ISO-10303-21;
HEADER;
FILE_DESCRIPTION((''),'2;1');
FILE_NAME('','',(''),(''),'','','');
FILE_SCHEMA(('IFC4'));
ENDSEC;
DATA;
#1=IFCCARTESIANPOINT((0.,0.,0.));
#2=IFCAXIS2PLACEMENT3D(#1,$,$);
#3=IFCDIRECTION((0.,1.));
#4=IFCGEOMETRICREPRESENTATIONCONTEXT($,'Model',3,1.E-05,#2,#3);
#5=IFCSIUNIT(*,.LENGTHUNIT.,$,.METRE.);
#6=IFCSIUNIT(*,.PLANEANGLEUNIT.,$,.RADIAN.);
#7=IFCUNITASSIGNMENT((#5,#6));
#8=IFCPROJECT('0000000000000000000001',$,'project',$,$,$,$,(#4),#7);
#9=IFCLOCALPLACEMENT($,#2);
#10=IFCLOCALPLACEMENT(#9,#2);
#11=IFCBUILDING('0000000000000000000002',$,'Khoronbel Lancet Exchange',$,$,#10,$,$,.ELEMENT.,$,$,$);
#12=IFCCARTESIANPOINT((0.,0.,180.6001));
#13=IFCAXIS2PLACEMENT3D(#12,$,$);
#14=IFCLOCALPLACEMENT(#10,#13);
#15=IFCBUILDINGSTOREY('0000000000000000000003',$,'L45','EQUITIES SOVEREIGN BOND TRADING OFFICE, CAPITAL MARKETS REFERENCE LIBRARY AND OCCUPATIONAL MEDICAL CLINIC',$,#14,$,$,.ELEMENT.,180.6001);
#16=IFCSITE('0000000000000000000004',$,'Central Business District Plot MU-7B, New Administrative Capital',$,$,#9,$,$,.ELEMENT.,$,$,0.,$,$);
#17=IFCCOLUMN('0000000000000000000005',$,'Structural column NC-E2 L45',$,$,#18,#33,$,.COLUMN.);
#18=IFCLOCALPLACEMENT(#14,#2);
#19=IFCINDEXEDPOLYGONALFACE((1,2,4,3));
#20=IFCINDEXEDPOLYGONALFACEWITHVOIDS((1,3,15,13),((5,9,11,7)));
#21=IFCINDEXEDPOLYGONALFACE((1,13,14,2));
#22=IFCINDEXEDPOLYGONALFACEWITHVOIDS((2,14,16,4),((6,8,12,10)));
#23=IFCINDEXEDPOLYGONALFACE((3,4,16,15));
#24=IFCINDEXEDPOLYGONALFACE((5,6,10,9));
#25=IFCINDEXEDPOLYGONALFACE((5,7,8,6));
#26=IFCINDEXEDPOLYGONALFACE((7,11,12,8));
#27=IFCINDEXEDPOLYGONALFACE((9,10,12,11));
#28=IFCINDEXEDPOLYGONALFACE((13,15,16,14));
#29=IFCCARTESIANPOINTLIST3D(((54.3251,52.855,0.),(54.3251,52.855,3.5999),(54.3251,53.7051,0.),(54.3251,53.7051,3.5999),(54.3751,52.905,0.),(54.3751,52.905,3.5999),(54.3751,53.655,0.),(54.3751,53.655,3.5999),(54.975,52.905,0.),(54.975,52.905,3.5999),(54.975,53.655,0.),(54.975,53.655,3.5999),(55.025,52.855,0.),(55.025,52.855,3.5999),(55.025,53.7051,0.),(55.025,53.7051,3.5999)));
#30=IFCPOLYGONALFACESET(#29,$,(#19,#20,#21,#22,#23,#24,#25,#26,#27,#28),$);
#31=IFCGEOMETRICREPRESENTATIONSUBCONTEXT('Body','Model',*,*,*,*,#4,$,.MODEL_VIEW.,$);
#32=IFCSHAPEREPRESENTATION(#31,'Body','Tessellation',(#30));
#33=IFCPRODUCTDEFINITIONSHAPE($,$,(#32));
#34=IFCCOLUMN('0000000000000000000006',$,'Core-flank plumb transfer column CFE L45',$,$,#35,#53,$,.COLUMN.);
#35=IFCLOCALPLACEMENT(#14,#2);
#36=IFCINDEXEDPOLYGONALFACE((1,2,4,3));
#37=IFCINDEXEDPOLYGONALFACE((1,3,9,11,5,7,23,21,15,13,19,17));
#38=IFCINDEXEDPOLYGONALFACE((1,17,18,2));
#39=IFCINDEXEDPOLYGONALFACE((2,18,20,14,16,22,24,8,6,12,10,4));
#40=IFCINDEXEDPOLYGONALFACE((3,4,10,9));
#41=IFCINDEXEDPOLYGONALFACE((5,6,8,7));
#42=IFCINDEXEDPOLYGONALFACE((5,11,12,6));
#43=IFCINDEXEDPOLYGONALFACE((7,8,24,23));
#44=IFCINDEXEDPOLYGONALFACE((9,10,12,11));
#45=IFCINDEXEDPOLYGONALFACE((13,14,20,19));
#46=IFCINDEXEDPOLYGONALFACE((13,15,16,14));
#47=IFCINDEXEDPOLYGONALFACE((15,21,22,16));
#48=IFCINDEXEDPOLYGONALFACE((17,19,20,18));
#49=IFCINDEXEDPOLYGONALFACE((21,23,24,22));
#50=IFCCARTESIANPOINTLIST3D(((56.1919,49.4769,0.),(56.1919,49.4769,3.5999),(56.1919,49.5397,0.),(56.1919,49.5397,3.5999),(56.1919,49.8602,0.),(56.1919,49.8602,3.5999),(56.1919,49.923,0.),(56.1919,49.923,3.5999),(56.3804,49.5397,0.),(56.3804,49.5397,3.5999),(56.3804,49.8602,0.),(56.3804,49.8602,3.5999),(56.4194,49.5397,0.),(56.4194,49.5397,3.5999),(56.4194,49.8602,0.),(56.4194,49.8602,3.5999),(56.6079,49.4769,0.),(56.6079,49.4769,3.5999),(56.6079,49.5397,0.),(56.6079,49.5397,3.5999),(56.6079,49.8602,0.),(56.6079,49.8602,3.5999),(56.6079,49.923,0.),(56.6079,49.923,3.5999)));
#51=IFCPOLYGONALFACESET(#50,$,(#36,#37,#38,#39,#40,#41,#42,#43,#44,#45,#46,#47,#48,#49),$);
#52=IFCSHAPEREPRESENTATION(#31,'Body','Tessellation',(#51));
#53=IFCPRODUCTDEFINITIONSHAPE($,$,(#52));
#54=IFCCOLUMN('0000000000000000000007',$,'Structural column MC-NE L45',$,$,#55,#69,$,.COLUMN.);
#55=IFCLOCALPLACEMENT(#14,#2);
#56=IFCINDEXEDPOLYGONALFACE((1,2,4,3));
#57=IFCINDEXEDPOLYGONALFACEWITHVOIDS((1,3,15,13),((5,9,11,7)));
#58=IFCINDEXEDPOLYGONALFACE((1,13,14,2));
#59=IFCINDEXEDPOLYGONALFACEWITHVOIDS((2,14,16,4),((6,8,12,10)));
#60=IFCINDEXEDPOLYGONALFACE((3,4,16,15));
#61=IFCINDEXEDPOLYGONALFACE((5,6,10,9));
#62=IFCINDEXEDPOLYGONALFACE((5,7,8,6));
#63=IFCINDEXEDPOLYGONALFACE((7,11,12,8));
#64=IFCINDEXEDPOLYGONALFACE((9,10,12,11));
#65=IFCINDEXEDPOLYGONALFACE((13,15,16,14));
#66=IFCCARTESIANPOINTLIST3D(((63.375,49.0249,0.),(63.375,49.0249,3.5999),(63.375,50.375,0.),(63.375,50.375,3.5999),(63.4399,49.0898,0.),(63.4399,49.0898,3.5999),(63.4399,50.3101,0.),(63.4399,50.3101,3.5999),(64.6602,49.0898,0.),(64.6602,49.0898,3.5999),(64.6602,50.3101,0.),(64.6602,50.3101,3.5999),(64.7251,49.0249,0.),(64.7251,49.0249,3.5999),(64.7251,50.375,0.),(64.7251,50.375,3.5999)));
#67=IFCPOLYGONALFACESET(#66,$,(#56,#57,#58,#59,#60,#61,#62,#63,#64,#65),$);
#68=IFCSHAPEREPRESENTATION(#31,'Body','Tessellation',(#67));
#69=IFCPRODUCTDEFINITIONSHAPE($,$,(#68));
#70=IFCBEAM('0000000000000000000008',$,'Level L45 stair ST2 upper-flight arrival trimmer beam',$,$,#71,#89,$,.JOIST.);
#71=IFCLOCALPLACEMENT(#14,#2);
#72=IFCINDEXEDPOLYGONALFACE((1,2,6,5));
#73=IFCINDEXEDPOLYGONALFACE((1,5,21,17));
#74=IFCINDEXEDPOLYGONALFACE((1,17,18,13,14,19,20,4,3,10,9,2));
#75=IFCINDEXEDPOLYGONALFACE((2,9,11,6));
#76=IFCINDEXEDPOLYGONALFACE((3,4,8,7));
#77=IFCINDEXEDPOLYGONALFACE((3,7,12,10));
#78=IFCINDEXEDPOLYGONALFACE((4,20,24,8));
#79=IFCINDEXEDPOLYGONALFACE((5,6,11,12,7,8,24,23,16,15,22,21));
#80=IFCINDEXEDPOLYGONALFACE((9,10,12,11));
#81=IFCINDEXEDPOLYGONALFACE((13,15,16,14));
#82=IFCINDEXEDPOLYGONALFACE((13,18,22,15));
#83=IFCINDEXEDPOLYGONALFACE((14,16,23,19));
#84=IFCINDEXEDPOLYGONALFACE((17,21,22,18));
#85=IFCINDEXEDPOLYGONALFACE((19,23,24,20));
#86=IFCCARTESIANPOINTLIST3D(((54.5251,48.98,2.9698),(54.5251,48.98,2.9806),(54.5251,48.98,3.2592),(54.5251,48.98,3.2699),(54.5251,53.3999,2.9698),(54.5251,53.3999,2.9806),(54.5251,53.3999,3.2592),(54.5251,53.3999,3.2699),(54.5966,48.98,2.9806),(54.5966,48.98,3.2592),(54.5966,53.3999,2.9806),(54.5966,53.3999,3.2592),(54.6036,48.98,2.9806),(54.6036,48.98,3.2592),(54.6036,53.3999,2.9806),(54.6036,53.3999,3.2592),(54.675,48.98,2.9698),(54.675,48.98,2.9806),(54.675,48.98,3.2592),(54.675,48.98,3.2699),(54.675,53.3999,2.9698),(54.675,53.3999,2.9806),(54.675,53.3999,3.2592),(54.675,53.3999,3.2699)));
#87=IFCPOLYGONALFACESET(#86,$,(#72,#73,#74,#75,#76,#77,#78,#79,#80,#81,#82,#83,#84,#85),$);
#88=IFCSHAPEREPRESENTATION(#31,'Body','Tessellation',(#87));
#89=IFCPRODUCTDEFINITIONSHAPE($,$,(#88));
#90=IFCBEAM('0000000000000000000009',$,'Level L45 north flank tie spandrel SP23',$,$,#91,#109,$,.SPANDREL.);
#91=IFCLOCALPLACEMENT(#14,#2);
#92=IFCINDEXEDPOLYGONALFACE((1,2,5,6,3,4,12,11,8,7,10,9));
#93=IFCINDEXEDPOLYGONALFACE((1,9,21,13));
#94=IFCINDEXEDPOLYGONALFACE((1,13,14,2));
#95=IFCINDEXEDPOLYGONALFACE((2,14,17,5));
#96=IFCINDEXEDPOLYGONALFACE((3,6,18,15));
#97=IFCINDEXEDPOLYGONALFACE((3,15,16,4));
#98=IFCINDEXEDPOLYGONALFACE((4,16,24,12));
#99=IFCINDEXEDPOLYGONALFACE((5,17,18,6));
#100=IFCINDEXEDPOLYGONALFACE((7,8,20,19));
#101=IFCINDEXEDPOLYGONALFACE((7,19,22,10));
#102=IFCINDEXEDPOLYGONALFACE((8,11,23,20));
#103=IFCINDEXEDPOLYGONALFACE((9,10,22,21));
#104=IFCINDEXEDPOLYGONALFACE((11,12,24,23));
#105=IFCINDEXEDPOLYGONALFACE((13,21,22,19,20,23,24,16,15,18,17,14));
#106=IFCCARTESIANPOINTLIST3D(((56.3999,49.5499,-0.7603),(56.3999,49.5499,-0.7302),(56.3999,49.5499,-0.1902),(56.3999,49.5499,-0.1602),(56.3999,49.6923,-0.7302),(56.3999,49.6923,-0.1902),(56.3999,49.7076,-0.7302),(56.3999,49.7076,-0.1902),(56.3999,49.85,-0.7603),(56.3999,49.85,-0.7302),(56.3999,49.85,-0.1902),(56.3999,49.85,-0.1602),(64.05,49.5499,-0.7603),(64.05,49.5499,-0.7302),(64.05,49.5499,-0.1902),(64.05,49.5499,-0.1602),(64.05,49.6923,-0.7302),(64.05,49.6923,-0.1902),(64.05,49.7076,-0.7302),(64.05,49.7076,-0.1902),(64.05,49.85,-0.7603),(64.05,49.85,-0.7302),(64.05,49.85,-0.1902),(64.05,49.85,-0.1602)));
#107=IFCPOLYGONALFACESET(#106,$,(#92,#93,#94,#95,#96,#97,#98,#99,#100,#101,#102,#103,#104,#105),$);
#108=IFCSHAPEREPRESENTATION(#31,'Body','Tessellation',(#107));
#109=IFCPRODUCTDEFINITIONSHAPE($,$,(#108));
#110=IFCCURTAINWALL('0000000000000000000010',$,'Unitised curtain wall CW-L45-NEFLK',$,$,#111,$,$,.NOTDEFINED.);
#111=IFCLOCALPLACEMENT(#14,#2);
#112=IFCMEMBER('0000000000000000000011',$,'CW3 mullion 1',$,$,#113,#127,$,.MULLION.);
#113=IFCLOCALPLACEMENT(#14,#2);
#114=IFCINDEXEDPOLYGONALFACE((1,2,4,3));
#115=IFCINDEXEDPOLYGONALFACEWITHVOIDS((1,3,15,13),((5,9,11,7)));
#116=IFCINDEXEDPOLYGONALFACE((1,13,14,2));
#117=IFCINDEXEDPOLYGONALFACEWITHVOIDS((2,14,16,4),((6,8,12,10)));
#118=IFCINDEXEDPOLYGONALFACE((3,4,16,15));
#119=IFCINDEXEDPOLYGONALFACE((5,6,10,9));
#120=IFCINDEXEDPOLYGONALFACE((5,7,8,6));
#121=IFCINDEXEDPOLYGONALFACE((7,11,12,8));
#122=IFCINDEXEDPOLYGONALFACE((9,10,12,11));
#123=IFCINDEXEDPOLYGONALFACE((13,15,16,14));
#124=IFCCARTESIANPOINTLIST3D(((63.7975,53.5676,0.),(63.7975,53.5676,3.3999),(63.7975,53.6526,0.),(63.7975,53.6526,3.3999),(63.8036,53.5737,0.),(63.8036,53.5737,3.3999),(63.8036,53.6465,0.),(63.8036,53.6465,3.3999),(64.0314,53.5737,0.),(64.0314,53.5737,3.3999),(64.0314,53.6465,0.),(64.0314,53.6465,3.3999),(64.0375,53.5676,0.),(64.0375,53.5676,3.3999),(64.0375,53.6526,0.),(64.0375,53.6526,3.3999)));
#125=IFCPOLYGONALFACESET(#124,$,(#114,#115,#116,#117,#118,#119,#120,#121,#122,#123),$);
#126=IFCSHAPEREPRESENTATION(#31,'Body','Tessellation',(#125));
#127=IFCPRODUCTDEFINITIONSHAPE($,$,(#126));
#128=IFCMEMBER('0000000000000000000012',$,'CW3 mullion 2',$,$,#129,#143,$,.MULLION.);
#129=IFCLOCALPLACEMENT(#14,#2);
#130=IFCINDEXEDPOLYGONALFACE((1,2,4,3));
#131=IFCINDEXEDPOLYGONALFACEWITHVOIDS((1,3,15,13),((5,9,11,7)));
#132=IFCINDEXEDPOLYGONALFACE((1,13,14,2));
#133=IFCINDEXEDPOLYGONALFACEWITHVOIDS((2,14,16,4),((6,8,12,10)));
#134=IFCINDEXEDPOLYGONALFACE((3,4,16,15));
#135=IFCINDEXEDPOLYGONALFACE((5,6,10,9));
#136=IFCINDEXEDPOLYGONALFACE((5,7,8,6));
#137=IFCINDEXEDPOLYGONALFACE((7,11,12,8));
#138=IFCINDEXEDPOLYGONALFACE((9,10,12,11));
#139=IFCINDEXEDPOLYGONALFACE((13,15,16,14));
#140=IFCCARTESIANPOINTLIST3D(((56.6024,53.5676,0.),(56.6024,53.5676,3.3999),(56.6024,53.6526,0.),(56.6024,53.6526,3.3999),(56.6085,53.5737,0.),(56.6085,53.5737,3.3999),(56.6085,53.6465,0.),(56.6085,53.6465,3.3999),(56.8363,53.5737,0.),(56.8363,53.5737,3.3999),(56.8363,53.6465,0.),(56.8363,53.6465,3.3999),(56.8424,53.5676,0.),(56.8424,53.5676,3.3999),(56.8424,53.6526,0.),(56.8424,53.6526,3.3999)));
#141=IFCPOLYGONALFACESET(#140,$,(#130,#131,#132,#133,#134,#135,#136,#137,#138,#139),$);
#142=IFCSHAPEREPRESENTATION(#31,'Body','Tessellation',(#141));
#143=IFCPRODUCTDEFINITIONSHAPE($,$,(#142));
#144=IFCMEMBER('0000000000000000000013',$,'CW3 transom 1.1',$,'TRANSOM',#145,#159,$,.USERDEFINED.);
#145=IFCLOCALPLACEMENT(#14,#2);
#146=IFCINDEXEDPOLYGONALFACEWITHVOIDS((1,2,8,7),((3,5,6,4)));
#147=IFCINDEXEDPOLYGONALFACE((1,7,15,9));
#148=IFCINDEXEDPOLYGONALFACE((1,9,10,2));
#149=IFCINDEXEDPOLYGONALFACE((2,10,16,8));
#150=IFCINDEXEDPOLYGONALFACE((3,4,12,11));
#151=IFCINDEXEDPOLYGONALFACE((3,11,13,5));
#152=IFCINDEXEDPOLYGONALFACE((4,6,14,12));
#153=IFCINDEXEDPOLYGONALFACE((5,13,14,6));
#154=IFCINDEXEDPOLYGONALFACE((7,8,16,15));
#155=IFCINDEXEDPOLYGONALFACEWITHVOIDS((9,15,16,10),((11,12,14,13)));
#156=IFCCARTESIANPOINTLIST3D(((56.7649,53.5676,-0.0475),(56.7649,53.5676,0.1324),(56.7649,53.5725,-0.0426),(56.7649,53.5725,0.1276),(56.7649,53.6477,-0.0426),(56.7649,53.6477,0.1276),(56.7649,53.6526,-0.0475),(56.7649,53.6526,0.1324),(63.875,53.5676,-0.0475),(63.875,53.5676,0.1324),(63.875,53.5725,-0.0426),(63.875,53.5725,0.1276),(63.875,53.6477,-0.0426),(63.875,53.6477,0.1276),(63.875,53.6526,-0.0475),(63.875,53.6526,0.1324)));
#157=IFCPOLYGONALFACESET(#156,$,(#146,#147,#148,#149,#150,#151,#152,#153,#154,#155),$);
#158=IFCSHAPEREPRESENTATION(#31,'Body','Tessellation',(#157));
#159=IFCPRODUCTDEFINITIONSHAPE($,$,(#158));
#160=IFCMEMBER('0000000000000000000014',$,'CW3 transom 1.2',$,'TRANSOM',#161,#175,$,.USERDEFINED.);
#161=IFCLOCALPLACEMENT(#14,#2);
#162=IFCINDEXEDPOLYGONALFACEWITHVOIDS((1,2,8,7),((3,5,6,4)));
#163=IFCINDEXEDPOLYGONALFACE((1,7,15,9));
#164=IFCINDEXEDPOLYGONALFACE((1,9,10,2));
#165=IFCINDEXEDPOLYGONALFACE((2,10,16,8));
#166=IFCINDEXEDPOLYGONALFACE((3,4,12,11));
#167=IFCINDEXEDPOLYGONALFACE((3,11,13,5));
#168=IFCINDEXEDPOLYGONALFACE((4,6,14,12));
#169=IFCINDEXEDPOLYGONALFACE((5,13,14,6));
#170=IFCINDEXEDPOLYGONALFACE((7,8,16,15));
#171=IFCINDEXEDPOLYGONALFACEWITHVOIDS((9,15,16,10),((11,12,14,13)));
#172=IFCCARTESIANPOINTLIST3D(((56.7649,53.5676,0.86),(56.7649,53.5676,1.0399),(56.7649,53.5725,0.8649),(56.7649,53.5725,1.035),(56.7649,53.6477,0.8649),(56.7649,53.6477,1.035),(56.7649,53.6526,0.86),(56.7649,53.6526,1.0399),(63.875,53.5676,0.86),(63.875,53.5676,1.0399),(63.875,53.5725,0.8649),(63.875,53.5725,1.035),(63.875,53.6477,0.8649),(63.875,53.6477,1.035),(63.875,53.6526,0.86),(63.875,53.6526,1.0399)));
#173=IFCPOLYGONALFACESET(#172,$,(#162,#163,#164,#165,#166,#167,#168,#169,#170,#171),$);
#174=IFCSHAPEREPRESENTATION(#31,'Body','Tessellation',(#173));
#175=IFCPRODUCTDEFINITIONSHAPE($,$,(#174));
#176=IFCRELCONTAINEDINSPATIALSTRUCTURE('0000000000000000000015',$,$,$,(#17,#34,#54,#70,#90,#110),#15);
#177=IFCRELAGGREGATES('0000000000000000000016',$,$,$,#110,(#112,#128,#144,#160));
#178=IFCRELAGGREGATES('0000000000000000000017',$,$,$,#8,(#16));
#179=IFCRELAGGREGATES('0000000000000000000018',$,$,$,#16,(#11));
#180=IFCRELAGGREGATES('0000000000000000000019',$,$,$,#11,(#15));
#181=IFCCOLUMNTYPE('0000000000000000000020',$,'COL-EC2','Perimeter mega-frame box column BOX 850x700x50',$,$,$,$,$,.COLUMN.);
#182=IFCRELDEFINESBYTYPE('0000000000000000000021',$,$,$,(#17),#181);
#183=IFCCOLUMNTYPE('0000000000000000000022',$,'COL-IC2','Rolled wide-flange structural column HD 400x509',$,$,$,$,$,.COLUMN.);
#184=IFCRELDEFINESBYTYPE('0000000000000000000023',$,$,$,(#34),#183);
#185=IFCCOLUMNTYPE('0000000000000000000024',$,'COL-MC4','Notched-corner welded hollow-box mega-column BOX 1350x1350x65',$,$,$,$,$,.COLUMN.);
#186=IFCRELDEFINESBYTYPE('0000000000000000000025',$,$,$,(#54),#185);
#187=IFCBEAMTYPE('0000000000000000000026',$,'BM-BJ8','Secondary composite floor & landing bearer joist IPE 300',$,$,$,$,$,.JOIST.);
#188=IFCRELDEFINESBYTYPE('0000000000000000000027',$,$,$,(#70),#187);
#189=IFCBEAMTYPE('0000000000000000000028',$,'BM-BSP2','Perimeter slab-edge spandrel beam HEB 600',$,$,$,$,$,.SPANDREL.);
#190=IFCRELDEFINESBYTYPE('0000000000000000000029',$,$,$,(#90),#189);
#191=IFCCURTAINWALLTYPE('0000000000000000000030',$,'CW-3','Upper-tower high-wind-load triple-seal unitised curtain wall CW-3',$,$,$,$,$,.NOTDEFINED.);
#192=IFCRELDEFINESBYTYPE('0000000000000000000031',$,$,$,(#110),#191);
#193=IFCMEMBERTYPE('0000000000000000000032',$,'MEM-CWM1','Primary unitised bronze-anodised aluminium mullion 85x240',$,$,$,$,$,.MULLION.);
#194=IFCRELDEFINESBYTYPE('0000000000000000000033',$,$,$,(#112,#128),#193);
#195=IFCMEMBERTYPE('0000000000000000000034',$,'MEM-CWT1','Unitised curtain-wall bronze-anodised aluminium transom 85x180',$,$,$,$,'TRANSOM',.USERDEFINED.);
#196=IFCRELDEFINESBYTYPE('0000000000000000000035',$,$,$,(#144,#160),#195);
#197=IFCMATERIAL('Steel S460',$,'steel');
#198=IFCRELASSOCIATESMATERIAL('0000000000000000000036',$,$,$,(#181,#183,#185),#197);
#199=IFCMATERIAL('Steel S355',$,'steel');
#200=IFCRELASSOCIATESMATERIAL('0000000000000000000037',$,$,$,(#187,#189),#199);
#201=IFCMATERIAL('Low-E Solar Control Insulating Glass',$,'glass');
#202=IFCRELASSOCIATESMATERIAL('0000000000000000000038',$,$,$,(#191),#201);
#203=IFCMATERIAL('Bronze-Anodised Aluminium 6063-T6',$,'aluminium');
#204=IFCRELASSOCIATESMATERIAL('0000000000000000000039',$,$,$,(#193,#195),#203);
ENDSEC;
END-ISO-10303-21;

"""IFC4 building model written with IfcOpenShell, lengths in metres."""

from ifc_helpers import new_model, si_unit, direction, frame, origin, origin_2d, place, context, subcontext, project, spatial, hollow_rectangle, i_section, extrude, material, material_profile, profile_set, type_object, element, aggregate, save


model = new_model("IFC4")

# Units and contexts
model_context = context("Model", 3, precision=1e-05, world=origin(), true_north=direction((0.0, 1.0)))
body_context = subcontext(model_context, "Body", "Model", "MODEL_VIEW")
ifc_project = project(units=[si_unit("LENGTHUNIT", "METRE"), si_unit("PLANEANGLEUNIT", "RADIAN")], contexts=[model_context])

# Site, building, storey
site_placement = place(None, origin())
site = spatial("IfcSite", under=ifc_project, at=site_placement, Name="Central Business District Plot MU-7B, New Administrative Capital", CompositionType="ELEMENT", RefElevation=0.0)
building_placement = place(site_placement, origin())
building = spatial("IfcBuilding", under=site, at=building_placement, Name="Khoronbel Lancet Exchange", CompositionType="ELEMENT")
storey_placement = place(building_placement, frame((0.0, 0.0, 180.6001)))
storey = spatial("IfcBuildingStorey", under=building, at=storey_placement, Name="L45", Description="EQUITIES SOVEREIGN BOND TRADING OFFICE, CAPITAL MARKETS REFERENCE LIBRARY AND OCCUPATIONAL MEDICAL CLINIC", CompositionType="ELEMENT", Elevation=180.6001)

# Columns
ifc_material_1 = material(Name="Steel S460", Category="steel")
ifc_material_profile_1 = material_profile(ifc_material_1, hollow_rectangle(XDim=0.7, YDim=0.8501, WallThickness=0.05, at=origin_2d()), Name="BOX 850x700x50")
ifc_profile_set_1 = profile_set([ifc_material_profile_1], Name="Steel S460")
column_type_1 = type_object("IfcColumnType", Name="COL-EC2", Description="Perimeter mega-frame box column BOX 850x700x50", PredefinedType="COLUMN", material=ifc_profile_set_1)
column_1_placement = place(storey_placement, frame((54.675, 53.28, 0.0), z_axis=(0.0, 0.0, 1.0), x_axis=(1.0, 0.0, 0.0)))
element("IfcColumn", 1, at=column_1_placement, inside=storey, type_object=column_type_1, Name="Structural column NC-E2 L45", PredefinedType="COLUMN", context=body_context, shape_type="SweptSolid", body=[
    extrude(hollow_rectangle(XDim=0.7, YDim=0.8501, WallThickness=0.05, at=origin_2d()), origin(), (0.0, 0.0, 1.0), 3.5999),
])
ifc_material_profile_2 = material_profile(ifc_material_1, i_section(OverallWidth=0.416, OverallDepth=0.446, WebThickness=0.0391, FlangeThickness=0.0627, at=origin_2d()), Name="HD 400x509")
ifc_profile_set_2 = profile_set([ifc_material_profile_2], Name="Steel S460")
column_type_2 = type_object("IfcColumnType", Name="COL-IC2", Description="Rolled wide-flange structural column HD 400x509", PredefinedType="COLUMN", material=ifc_profile_set_2)
column_2_placement = place(storey_placement, frame((56.3999, 49.7, 0.0), z_axis=(0.0, 0.0, 1.0), x_axis=(1.0, 0.0, 0.0)))
element("IfcColumn", 2, at=column_2_placement, inside=storey, type_object=column_type_2, Name="Core-flank plumb transfer column CFE L45", PredefinedType="COLUMN", context=body_context, shape_type="SweptSolid", body=[
    extrude(i_section(OverallWidth=0.416, OverallDepth=0.446, WebThickness=0.0391, FlangeThickness=0.0627, at=origin_2d()), origin(), (0.0, 0.0, 1.0), 3.5999),
])
ifc_material_profile_3 = material_profile(ifc_material_1, hollow_rectangle(XDim=1.3501, YDim=1.3501, WallThickness=0.0649, at=origin_2d()), Name="BOX 1350x1350x65")
ifc_profile_set_3 = profile_set([ifc_material_profile_3], Name="Steel S460")
column_type_3 = type_object("IfcColumnType", Name="COL-MC4", Description="Notched-corner welded hollow-box mega-column BOX 1350x1350x65", PredefinedType="COLUMN", material=ifc_profile_set_3)
column_3_placement = place(storey_placement, frame((64.05, 49.7, 0.0), z_axis=(0.0, 0.0, 1.0), x_axis=(1.0, 0.0, 0.0)))
element("IfcColumn", 3, at=column_3_placement, inside=storey, type_object=column_type_3, Name="Structural column MC-NE L45", PredefinedType="COLUMN", context=body_context, shape_type="SweptSolid", body=[
    extrude(hollow_rectangle(XDim=1.3501, YDim=1.3501, WallThickness=0.0649, at=origin_2d()), origin(), (0.0, 0.0, 1.0), 3.5999),
])

# Beams
ifc_material_2 = material(Name="Steel S355", Category="steel")
ifc_material_profile_4 = material_profile(ifc_material_2, i_section(OverallWidth=0.1499, OverallDepth=0.3, WebThickness=0.0071, FlangeThickness=0.0107, at=origin_2d()), Name="IPE 300")
ifc_profile_set_4 = profile_set([ifc_material_profile_4], Name="Steel S355")
beam_type_1 = type_object("IfcBeamType", Name="BM-BJ8", Description="Secondary composite floor & landing bearer joist IPE 300", PredefinedType="JOIST", material=ifc_profile_set_4)
beam_1_placement = place(storey_placement, frame((54.6001, 48.98, 3.1199), z_axis=(0.0, 1.0, 0.0), x_axis=(-1.0, 0.0, 0.0)))
element("IfcBeam", 4, at=beam_1_placement, inside=storey, type_object=beam_type_1, Name="Level L45 stair ST2 upper-flight arrival trimmer beam", PredefinedType="JOIST", context=body_context, shape_type="SweptSolid", body=[
    extrude(i_section(OverallWidth=0.1499, OverallDepth=0.3, WebThickness=0.0071, FlangeThickness=0.0107, at=origin_2d()), origin(), (0.0, 0.0, 1.0), 4.4199),
])
ifc_material_profile_5 = material_profile(ifc_material_2, i_section(OverallWidth=0.3, OverallDepth=0.6001, WebThickness=0.0154, FlangeThickness=0.03, at=origin_2d()), Name="HEB 600")
ifc_profile_set_5 = profile_set([ifc_material_profile_5], Name="Steel S355")
beam_type_2 = type_object("IfcBeamType", Name="BM-BSP2", Description="Perimeter slab-edge spandrel beam HEB 600", PredefinedType="SPANDREL", material=ifc_profile_set_5)
beam_2_placement = place(storey_placement, frame((64.05, 49.7, -0.4602), z_axis=(-1.0, 0.0, 0.0), x_axis=(0.0, -1.0, 0.0)))
element("IfcBeam", 5, at=beam_2_placement, inside=storey, type_object=beam_type_2, Name="Level L45 north flank tie spandrel SP23", PredefinedType="SPANDREL", context=body_context, shape_type="SweptSolid", body=[
    extrude(i_section(OverallWidth=0.3, OverallDepth=0.6001, WebThickness=0.0154, FlangeThickness=0.03, at=origin_2d()), origin(), (0.0, 0.0, 1.0), 7.6501),
])

# Curtain wall, members
ifc_material_3 = material(Name="Low-E Solar Control Insulating Glass", Category="glass")
curtain_wall_type = type_object("IfcCurtainWallType", Name="CW-3", Description="Upper-tower high-wind-load triple-seal unitised curtain wall CW-3", PredefinedType="NOTDEFINED", material=ifc_material_3)
curtain_wall_placement = place(storey_placement, origin())
curtain_wall = element("IfcCurtainWall", 6, at=curtain_wall_placement, inside=storey, type_object=curtain_wall_type, Name="Unitised curtain wall CW-L45-NEFLK", PredefinedType="NOTDEFINED")
ifc_material_4 = material(Name="Bronze-Anodised Aluminium 6063-T6", Category="aluminium")
ifc_material_profile_6 = material_profile(ifc_material_4, hollow_rectangle(XDim=0.085, YDim=0.24, WallThickness=0.0061, at=origin_2d()), Name="ALU MULLION 85x240")
ifc_profile_set_6 = profile_set([ifc_material_profile_6], Name="Bronze-Anodised Aluminium 6063-T6")
member_type_1 = type_object("IfcMemberType", Name="MEM-CWM1", Description="Primary unitised bronze-anodised aluminium mullion 85x240", PredefinedType="MULLION", material=ifc_profile_set_6)
member_1_placement = place(storey_placement, frame((63.9175, 53.6101, 0.0), z_axis=(0.0, 0.0, 1.0), x_axis=(0.0, -1.0, 0.0)))
member_1 = element("IfcMember", 7, at=member_1_placement, type_object=member_type_1, Name="CW3 mullion 1", PredefinedType="MULLION", context=body_context, shape_type="SweptSolid", body=[
    extrude(hollow_rectangle(XDim=0.085, YDim=0.24, WallThickness=0.0061, at=origin_2d()), origin(), (0.0, 0.0, 1.0), 3.3999),
])
member_2_placement = place(storey_placement, frame((56.7224, 53.6101, 0.0), z_axis=(0.0, 0.0, 1.0), x_axis=(0.0, -1.0, 0.0)))
member_2 = element("IfcMember", 8, at=member_2_placement, type_object=member_type_1, Name="CW3 mullion 2", PredefinedType="MULLION", context=body_context, shape_type="SweptSolid", body=[
    extrude(hollow_rectangle(XDim=0.085, YDim=0.24, WallThickness=0.0061, at=origin_2d()), origin(), (0.0, 0.0, 1.0), 3.3999),
])
ifc_material_profile_7 = material_profile(ifc_material_4, hollow_rectangle(XDim=0.085, YDim=0.1799, WallThickness=0.0049, at=origin_2d()), Name="ALU TRANSOM 85x180")
ifc_profile_set_7 = profile_set([ifc_material_profile_7], Name="Bronze-Anodised Aluminium 6063-T6")
member_type_2 = type_object("IfcMemberType", Name="MEM-CWT1", Description="Unitised curtain-wall bronze-anodised aluminium transom 85x180", ElementType="TRANSOM", PredefinedType="USERDEFINED", material=ifc_profile_set_7)
member_3_placement = place(storey_placement, frame((63.875, 53.6101, 0.0425), z_axis=(-1.0, 0.0, 0.0), x_axis=(0.0, -1.0, 0.0)))
member_3 = element("IfcMember", 9, at=member_3_placement, type_object=member_type_2, Name="CW3 transom 1.1", ObjectType="TRANSOM", PredefinedType="USERDEFINED", context=body_context, shape_type="SweptSolid", body=[
    extrude(hollow_rectangle(XDim=0.085, YDim=0.1799, WallThickness=0.0049, at=origin_2d()), origin(), (0.0, 0.0, 1.0), 7.1101),
])
member_4_placement = place(storey_placement, frame((63.875, 53.6101, 0.95), z_axis=(-1.0, 0.0, 0.0), x_axis=(0.0, -1.0, 0.0)))
member_4 = element("IfcMember", 10, at=member_4_placement, type_object=member_type_2, Name="CW3 transom 1.2", ObjectType="TRANSOM", PredefinedType="USERDEFINED", context=body_context, shape_type="SweptSolid", body=[
    extrude(hollow_rectangle(XDim=0.085, YDim=0.1799, WallThickness=0.0049, at=origin_2d()), origin(), (0.0, 0.0, 1.0), 7.1101),
])

aggregate(curtain_wall, [member_1, member_2, member_3, member_4])

save(model, "model.ifc")
